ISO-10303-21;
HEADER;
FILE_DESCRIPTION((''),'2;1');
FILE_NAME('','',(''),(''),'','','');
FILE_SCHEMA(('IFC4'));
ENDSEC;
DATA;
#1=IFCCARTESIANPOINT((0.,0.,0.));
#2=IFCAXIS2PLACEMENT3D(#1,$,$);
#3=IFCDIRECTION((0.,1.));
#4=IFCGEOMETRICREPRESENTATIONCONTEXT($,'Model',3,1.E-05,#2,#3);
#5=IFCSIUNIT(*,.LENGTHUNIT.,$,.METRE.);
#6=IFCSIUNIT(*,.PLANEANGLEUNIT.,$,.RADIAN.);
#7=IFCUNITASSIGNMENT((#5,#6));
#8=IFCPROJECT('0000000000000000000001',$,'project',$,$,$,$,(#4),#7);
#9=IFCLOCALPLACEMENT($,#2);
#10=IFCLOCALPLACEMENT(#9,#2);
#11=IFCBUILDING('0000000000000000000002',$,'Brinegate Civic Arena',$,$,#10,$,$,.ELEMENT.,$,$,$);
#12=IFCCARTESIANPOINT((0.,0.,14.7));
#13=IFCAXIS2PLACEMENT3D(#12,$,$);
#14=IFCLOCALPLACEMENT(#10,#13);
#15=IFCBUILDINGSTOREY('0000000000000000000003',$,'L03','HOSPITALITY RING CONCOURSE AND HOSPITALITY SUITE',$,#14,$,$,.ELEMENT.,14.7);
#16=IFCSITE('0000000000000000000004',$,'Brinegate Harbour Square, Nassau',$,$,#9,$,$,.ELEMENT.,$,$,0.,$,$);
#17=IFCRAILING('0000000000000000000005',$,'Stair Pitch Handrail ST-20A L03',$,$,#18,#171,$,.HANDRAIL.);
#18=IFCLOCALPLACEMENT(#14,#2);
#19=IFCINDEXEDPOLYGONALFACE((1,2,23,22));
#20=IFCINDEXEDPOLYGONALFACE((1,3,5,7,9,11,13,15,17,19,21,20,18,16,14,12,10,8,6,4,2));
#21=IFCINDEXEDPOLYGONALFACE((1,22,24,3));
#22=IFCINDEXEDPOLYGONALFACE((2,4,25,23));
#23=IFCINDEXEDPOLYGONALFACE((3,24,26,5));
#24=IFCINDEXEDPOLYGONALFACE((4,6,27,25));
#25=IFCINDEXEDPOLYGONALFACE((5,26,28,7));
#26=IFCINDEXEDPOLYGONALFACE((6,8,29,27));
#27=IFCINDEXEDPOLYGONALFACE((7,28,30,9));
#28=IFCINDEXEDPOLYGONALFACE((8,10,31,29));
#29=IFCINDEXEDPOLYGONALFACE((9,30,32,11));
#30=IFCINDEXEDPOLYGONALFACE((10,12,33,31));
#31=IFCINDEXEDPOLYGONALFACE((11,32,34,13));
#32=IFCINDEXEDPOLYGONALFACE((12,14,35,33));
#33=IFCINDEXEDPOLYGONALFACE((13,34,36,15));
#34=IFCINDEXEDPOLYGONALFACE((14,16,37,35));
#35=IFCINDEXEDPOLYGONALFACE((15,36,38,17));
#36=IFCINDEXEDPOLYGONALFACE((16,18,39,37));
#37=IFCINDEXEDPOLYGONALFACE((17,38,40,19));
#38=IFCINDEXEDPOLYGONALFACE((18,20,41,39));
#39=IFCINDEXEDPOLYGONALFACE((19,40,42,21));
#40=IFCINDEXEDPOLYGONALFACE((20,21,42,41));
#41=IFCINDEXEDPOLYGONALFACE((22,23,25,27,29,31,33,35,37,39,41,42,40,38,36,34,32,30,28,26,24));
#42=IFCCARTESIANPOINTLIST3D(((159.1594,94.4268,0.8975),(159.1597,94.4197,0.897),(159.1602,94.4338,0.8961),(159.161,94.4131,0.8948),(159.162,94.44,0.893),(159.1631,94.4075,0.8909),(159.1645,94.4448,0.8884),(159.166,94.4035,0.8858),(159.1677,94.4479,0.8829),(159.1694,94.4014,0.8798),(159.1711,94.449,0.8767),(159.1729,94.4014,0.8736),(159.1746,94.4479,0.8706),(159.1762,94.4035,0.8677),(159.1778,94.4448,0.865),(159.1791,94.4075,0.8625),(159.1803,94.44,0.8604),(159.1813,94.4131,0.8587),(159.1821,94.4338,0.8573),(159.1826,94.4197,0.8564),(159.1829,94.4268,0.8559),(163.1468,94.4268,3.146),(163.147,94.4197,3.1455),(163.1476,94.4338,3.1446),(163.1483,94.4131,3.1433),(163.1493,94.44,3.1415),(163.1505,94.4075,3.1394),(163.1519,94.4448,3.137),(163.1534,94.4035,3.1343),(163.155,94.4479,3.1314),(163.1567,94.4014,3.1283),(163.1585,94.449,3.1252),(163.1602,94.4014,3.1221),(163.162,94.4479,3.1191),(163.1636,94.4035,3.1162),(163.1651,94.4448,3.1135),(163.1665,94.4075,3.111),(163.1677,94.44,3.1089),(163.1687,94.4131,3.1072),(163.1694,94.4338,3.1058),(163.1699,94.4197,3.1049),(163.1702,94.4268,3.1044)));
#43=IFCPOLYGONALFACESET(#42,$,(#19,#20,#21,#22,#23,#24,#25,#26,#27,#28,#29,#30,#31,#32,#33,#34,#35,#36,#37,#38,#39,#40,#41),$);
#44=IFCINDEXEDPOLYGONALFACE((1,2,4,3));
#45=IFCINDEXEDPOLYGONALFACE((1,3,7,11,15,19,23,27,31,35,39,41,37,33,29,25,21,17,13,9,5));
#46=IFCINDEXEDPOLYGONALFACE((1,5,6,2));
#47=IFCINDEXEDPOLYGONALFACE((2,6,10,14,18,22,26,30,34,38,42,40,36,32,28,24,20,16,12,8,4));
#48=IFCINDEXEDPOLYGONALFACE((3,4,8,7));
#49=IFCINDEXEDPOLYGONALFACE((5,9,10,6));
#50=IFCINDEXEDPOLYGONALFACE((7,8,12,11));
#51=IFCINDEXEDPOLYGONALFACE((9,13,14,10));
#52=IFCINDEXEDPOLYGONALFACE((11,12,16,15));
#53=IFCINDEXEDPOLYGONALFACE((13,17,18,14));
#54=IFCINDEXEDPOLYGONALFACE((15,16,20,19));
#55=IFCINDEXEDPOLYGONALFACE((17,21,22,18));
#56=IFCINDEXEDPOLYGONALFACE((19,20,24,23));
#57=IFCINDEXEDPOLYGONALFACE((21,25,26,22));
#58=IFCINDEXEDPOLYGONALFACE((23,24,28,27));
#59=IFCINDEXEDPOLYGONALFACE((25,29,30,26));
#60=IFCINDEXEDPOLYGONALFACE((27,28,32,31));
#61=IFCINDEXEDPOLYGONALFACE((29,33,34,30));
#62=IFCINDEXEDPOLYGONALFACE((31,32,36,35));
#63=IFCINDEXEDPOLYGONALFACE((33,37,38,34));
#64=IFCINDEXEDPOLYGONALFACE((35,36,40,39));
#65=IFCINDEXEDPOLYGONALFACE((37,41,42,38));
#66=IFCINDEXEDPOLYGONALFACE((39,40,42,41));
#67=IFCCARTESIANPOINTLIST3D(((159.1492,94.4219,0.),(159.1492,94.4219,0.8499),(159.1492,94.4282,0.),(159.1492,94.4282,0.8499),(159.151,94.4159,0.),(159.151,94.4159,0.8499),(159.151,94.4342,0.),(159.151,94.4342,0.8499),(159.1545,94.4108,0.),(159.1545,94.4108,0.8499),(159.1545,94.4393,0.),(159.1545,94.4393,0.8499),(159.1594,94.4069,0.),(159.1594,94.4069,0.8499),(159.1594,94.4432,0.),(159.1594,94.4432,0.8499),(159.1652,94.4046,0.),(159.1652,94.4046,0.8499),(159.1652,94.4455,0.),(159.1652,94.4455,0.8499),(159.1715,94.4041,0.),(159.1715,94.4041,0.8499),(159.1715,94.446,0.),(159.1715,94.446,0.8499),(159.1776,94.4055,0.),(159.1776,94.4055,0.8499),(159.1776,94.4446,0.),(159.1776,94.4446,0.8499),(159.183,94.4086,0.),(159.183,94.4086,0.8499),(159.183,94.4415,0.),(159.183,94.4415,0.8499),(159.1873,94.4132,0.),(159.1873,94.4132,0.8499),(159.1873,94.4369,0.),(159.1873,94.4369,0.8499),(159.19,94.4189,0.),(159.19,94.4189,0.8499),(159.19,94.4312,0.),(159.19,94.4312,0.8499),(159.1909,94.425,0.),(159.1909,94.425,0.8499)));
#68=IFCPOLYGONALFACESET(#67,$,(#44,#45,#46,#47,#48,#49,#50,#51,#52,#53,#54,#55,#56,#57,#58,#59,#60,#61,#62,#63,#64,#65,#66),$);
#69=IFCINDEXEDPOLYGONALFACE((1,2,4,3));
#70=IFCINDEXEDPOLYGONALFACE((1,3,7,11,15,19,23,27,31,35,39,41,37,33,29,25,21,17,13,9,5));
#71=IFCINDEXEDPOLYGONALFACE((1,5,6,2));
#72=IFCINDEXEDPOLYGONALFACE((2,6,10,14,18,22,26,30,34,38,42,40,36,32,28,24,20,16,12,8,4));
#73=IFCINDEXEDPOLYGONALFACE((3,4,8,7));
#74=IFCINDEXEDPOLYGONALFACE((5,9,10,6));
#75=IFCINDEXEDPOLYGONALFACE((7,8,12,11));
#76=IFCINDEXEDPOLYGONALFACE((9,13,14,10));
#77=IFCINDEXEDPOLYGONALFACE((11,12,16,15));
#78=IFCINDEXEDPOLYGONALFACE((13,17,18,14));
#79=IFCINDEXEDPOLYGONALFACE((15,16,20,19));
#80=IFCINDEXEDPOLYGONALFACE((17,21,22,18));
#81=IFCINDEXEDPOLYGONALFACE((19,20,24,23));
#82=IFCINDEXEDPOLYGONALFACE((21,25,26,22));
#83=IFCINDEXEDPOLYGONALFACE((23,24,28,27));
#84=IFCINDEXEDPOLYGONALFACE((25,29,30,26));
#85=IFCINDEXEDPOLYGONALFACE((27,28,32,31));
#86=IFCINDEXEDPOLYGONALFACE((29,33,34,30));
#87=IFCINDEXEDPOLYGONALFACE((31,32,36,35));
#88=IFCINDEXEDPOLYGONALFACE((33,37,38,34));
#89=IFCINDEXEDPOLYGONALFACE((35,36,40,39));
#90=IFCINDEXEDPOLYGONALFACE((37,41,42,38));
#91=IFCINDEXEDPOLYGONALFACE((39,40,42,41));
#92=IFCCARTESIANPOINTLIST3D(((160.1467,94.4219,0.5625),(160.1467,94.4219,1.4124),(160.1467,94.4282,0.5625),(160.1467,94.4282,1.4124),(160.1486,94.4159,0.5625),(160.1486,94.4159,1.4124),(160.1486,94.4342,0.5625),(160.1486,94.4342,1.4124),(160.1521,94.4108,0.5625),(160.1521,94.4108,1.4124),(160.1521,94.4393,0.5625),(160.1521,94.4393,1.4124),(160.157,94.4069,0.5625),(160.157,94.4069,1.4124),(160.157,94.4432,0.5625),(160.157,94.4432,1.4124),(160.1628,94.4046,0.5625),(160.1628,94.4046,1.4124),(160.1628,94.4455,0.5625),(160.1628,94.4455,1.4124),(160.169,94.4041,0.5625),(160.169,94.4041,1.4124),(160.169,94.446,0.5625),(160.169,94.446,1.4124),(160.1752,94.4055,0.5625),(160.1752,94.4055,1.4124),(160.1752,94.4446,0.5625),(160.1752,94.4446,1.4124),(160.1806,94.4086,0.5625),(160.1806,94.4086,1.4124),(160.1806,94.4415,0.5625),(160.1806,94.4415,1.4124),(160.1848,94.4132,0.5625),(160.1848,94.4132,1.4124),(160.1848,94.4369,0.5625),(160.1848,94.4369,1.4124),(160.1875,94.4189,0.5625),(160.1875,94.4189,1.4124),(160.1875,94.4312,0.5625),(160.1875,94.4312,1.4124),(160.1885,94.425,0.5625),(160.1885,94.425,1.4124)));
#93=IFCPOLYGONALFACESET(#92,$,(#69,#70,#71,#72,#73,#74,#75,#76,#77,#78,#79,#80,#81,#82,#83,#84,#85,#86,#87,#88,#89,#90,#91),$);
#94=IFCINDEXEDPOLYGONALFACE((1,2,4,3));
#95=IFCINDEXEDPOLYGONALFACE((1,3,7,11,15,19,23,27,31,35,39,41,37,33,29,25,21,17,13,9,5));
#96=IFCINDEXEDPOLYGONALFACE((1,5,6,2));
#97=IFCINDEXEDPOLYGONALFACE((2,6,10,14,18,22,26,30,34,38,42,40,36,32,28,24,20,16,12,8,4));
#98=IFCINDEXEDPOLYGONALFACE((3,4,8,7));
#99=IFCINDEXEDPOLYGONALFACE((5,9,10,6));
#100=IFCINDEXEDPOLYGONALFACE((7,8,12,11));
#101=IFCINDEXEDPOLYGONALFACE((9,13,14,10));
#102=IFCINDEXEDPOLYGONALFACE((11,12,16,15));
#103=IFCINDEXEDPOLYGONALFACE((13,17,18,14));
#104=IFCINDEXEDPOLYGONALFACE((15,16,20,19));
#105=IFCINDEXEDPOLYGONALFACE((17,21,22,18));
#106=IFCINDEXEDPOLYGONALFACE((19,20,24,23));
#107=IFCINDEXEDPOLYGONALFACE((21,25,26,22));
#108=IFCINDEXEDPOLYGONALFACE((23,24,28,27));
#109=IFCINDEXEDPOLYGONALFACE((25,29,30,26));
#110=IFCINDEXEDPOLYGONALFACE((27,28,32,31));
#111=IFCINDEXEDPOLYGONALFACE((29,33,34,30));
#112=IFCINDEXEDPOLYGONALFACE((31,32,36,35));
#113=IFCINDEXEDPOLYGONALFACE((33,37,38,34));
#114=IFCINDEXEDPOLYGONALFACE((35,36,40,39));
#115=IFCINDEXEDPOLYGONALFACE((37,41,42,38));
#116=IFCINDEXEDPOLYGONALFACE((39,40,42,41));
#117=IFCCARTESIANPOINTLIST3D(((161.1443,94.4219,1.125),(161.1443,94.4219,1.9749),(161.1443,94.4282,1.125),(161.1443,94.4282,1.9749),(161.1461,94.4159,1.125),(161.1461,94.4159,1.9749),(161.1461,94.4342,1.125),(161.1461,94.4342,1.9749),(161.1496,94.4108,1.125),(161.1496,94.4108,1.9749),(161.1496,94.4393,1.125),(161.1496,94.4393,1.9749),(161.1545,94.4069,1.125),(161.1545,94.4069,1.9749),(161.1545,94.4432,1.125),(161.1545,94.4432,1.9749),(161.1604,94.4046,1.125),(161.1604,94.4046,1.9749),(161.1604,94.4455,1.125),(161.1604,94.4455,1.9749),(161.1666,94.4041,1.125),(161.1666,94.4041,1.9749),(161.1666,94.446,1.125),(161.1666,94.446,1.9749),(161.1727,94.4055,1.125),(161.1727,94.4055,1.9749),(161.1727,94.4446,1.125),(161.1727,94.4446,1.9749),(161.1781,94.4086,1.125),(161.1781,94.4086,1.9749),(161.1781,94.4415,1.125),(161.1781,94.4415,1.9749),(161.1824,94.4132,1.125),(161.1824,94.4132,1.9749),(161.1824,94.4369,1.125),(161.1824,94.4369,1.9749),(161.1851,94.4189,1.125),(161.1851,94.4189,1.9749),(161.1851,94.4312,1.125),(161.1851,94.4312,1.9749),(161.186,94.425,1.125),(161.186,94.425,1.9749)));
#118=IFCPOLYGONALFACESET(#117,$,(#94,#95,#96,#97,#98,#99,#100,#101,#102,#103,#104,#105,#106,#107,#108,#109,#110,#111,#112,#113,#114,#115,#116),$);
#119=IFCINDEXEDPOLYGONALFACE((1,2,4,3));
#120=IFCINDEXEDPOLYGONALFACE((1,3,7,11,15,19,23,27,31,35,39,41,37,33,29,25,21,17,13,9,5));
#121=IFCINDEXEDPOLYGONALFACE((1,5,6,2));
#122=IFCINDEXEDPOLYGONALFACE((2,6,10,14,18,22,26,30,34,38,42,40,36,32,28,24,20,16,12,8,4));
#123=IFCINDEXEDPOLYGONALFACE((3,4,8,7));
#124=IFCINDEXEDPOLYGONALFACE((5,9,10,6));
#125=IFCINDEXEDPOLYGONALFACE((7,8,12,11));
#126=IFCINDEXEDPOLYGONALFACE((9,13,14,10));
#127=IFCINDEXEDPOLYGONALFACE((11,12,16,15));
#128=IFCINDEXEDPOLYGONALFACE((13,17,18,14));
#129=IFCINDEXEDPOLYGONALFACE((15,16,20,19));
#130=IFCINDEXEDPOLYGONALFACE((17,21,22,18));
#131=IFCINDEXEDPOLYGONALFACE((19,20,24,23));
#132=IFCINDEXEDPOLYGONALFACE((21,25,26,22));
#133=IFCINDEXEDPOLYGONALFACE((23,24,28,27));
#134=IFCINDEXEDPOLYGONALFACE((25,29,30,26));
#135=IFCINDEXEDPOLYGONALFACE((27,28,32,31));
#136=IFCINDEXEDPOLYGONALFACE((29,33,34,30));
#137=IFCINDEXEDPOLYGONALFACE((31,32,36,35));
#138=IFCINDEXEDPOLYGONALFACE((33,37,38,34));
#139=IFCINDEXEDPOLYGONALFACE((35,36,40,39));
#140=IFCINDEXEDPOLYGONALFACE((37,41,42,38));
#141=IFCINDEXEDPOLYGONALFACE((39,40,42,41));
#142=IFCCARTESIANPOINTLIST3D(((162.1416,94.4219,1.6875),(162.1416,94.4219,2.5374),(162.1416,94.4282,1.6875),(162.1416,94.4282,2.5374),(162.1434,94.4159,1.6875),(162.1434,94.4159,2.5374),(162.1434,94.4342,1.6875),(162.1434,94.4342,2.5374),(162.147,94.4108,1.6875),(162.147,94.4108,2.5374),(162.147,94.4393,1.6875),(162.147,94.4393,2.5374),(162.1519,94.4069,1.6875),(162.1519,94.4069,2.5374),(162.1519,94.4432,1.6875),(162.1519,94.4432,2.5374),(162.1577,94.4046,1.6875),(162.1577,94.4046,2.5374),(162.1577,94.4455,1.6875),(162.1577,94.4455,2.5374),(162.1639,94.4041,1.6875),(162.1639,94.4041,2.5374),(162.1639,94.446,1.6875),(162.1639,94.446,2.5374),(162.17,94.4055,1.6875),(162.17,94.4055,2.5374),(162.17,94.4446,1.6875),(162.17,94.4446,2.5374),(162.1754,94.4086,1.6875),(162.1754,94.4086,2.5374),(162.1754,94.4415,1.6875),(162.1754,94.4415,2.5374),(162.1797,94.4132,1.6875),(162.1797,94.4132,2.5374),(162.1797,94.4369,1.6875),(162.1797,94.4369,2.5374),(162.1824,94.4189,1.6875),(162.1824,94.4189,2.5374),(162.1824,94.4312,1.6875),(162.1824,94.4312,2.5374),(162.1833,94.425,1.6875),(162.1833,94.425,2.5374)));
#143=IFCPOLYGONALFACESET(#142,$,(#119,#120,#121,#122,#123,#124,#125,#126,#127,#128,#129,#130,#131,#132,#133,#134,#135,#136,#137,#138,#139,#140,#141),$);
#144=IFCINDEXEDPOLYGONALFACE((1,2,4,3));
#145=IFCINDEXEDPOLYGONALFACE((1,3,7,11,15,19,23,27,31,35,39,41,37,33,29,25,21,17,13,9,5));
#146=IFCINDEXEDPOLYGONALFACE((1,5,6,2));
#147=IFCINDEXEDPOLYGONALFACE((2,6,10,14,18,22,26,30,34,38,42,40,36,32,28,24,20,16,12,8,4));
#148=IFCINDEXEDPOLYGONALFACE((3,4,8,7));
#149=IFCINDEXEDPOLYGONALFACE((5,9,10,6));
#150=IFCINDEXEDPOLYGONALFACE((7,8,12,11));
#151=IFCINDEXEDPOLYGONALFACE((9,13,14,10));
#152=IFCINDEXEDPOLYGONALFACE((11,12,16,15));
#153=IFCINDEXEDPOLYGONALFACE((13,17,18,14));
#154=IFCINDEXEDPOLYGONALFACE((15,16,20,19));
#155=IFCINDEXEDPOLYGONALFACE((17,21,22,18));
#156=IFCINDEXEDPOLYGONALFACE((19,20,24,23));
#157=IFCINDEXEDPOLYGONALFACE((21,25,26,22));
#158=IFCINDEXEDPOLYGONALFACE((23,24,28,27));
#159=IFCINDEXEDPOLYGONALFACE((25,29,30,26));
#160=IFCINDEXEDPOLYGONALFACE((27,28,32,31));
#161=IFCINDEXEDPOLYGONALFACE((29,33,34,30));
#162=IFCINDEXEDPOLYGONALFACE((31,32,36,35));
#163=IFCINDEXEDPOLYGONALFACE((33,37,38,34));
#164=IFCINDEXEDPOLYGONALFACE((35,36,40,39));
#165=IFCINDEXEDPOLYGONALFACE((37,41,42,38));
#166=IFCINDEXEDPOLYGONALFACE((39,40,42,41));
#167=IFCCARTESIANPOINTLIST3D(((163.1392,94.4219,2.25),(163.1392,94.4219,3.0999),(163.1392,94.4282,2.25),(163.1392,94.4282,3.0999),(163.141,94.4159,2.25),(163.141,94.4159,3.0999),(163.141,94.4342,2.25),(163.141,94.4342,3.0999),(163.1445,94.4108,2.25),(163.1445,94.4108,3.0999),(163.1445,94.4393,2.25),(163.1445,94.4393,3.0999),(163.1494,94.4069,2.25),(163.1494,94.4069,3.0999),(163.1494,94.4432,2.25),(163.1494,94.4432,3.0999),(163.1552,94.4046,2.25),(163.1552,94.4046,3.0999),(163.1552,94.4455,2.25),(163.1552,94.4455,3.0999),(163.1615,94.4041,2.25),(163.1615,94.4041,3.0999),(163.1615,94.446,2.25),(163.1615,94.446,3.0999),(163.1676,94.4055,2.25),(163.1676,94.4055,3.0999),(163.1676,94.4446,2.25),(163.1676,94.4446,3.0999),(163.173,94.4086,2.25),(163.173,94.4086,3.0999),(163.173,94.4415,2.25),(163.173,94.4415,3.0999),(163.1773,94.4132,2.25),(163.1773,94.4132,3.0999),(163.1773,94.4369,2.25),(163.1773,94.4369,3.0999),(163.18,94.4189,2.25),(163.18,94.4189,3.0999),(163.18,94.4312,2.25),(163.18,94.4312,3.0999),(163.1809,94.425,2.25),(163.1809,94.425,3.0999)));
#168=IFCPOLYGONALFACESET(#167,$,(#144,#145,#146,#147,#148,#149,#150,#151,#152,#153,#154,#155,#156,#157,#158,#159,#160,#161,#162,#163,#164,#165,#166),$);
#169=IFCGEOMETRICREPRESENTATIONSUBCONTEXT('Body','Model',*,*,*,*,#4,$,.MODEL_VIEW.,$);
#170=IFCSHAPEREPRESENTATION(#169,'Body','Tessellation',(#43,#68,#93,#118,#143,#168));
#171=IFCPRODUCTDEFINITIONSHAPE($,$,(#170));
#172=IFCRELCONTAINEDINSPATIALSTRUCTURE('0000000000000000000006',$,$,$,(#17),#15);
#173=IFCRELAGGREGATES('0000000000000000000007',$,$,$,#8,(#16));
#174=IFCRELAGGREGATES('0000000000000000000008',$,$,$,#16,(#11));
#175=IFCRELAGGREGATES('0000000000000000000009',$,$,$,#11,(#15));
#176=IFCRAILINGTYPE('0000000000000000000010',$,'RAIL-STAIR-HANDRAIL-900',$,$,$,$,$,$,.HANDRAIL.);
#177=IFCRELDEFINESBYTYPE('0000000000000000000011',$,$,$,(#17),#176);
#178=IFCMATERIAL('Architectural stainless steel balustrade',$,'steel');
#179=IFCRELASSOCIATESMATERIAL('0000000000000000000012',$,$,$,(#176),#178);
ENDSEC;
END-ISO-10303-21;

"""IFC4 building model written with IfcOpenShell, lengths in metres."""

from ifc_helpers import new_model, si_unit, direction, frame, origin, origin_2d, place, context, subcontext, project, spatial, circle, extrude, material, type_object, element, save


model = new_model("IFC4")

# Units and contexts
model_context = context("Model", 3, precision=1e-05, world=origin(), true_north=direction((0.0, 1.0)))
body_context = subcontext(model_context, "Body", "Model", "MODEL_VIEW")
ifc_project = project(units=[si_unit("LENGTHUNIT", "METRE"), si_unit("PLANEANGLEUNIT", "RADIAN")], contexts=[model_context])

# Site, building, storey
site_placement = place(None, origin())
site = spatial("IfcSite", under=ifc_project, at=site_placement, Name="Brinegate Harbour Square, Nassau", CompositionType="ELEMENT", RefElevation=0.0)
building_placement = place(site_placement, origin())
building = spatial("IfcBuilding", under=site, at=building_placement, Name="Brinegate Civic Arena", CompositionType="ELEMENT")
storey_placement = place(building_placement, frame((0.0, 0.0, 14.7)))
storey = spatial("IfcBuildingStorey", under=building, at=storey_placement, Name="L03", Description="HOSPITALITY RING CONCOURSE AND HOSPITALITY SUITE", CompositionType="ELEMENT", Elevation=14.7)

# Railing
ifc_material_1 = material(Name="Architectural stainless steel balustrade", Category="steel")
railing_type_1 = type_object("IfcRailingType", Name="RAIL-STAIR-HANDRAIL-900", PredefinedType="HANDRAIL", material=ifc_material_1)
for number, where, name in (
    (1, (159.1699, 94.425, 0.0), "Stair Pitch Handrail ST-20A L03"),
):
    element("IfcRailing", number, at=place(storey_placement, frame(where)), inside=storey, type_object=railing_type_1, Name=name, PredefinedType="HANDRAIL", context=body_context, shape_type="SweptSolid", body=[
        extrude(circle(Radius=0.0239, at=origin_2d()), frame((0.0012, 0.0, 0.8767), z_axis=(0.87105, 0.0, 0.491195), x_axis=(0.0, 1.0, 0.0)), (0.0, 0.0, 1.0), 4.5776),
        extrude(circle(Radius=0.021, at=origin_2d()), origin(), (0.0, 0.0, 1.0), 0.8499),
        extrude(circle(Radius=0.021, at=origin_2d()), frame((0.9976, 0.0, 0.5625)), (0.0, 0.0, 1.0), 0.8499),
        extrude(circle(Radius=0.021, at=origin_2d()), frame((1.9951, 0.0, 1.125)), (0.0, 0.0, 1.0), 0.8499),
        extrude(circle(Radius=0.021, at=origin_2d()), frame((2.9924, 0.0, 1.6875)), (0.0, 0.0, 1.0), 0.8499),
        extrude(circle(Radius=0.021, at=origin_2d()), frame((3.99, 0.0, 2.25)), (0.0, 0.0, 1.0), 0.8499),
    ])

save(model, "model.ifc")
